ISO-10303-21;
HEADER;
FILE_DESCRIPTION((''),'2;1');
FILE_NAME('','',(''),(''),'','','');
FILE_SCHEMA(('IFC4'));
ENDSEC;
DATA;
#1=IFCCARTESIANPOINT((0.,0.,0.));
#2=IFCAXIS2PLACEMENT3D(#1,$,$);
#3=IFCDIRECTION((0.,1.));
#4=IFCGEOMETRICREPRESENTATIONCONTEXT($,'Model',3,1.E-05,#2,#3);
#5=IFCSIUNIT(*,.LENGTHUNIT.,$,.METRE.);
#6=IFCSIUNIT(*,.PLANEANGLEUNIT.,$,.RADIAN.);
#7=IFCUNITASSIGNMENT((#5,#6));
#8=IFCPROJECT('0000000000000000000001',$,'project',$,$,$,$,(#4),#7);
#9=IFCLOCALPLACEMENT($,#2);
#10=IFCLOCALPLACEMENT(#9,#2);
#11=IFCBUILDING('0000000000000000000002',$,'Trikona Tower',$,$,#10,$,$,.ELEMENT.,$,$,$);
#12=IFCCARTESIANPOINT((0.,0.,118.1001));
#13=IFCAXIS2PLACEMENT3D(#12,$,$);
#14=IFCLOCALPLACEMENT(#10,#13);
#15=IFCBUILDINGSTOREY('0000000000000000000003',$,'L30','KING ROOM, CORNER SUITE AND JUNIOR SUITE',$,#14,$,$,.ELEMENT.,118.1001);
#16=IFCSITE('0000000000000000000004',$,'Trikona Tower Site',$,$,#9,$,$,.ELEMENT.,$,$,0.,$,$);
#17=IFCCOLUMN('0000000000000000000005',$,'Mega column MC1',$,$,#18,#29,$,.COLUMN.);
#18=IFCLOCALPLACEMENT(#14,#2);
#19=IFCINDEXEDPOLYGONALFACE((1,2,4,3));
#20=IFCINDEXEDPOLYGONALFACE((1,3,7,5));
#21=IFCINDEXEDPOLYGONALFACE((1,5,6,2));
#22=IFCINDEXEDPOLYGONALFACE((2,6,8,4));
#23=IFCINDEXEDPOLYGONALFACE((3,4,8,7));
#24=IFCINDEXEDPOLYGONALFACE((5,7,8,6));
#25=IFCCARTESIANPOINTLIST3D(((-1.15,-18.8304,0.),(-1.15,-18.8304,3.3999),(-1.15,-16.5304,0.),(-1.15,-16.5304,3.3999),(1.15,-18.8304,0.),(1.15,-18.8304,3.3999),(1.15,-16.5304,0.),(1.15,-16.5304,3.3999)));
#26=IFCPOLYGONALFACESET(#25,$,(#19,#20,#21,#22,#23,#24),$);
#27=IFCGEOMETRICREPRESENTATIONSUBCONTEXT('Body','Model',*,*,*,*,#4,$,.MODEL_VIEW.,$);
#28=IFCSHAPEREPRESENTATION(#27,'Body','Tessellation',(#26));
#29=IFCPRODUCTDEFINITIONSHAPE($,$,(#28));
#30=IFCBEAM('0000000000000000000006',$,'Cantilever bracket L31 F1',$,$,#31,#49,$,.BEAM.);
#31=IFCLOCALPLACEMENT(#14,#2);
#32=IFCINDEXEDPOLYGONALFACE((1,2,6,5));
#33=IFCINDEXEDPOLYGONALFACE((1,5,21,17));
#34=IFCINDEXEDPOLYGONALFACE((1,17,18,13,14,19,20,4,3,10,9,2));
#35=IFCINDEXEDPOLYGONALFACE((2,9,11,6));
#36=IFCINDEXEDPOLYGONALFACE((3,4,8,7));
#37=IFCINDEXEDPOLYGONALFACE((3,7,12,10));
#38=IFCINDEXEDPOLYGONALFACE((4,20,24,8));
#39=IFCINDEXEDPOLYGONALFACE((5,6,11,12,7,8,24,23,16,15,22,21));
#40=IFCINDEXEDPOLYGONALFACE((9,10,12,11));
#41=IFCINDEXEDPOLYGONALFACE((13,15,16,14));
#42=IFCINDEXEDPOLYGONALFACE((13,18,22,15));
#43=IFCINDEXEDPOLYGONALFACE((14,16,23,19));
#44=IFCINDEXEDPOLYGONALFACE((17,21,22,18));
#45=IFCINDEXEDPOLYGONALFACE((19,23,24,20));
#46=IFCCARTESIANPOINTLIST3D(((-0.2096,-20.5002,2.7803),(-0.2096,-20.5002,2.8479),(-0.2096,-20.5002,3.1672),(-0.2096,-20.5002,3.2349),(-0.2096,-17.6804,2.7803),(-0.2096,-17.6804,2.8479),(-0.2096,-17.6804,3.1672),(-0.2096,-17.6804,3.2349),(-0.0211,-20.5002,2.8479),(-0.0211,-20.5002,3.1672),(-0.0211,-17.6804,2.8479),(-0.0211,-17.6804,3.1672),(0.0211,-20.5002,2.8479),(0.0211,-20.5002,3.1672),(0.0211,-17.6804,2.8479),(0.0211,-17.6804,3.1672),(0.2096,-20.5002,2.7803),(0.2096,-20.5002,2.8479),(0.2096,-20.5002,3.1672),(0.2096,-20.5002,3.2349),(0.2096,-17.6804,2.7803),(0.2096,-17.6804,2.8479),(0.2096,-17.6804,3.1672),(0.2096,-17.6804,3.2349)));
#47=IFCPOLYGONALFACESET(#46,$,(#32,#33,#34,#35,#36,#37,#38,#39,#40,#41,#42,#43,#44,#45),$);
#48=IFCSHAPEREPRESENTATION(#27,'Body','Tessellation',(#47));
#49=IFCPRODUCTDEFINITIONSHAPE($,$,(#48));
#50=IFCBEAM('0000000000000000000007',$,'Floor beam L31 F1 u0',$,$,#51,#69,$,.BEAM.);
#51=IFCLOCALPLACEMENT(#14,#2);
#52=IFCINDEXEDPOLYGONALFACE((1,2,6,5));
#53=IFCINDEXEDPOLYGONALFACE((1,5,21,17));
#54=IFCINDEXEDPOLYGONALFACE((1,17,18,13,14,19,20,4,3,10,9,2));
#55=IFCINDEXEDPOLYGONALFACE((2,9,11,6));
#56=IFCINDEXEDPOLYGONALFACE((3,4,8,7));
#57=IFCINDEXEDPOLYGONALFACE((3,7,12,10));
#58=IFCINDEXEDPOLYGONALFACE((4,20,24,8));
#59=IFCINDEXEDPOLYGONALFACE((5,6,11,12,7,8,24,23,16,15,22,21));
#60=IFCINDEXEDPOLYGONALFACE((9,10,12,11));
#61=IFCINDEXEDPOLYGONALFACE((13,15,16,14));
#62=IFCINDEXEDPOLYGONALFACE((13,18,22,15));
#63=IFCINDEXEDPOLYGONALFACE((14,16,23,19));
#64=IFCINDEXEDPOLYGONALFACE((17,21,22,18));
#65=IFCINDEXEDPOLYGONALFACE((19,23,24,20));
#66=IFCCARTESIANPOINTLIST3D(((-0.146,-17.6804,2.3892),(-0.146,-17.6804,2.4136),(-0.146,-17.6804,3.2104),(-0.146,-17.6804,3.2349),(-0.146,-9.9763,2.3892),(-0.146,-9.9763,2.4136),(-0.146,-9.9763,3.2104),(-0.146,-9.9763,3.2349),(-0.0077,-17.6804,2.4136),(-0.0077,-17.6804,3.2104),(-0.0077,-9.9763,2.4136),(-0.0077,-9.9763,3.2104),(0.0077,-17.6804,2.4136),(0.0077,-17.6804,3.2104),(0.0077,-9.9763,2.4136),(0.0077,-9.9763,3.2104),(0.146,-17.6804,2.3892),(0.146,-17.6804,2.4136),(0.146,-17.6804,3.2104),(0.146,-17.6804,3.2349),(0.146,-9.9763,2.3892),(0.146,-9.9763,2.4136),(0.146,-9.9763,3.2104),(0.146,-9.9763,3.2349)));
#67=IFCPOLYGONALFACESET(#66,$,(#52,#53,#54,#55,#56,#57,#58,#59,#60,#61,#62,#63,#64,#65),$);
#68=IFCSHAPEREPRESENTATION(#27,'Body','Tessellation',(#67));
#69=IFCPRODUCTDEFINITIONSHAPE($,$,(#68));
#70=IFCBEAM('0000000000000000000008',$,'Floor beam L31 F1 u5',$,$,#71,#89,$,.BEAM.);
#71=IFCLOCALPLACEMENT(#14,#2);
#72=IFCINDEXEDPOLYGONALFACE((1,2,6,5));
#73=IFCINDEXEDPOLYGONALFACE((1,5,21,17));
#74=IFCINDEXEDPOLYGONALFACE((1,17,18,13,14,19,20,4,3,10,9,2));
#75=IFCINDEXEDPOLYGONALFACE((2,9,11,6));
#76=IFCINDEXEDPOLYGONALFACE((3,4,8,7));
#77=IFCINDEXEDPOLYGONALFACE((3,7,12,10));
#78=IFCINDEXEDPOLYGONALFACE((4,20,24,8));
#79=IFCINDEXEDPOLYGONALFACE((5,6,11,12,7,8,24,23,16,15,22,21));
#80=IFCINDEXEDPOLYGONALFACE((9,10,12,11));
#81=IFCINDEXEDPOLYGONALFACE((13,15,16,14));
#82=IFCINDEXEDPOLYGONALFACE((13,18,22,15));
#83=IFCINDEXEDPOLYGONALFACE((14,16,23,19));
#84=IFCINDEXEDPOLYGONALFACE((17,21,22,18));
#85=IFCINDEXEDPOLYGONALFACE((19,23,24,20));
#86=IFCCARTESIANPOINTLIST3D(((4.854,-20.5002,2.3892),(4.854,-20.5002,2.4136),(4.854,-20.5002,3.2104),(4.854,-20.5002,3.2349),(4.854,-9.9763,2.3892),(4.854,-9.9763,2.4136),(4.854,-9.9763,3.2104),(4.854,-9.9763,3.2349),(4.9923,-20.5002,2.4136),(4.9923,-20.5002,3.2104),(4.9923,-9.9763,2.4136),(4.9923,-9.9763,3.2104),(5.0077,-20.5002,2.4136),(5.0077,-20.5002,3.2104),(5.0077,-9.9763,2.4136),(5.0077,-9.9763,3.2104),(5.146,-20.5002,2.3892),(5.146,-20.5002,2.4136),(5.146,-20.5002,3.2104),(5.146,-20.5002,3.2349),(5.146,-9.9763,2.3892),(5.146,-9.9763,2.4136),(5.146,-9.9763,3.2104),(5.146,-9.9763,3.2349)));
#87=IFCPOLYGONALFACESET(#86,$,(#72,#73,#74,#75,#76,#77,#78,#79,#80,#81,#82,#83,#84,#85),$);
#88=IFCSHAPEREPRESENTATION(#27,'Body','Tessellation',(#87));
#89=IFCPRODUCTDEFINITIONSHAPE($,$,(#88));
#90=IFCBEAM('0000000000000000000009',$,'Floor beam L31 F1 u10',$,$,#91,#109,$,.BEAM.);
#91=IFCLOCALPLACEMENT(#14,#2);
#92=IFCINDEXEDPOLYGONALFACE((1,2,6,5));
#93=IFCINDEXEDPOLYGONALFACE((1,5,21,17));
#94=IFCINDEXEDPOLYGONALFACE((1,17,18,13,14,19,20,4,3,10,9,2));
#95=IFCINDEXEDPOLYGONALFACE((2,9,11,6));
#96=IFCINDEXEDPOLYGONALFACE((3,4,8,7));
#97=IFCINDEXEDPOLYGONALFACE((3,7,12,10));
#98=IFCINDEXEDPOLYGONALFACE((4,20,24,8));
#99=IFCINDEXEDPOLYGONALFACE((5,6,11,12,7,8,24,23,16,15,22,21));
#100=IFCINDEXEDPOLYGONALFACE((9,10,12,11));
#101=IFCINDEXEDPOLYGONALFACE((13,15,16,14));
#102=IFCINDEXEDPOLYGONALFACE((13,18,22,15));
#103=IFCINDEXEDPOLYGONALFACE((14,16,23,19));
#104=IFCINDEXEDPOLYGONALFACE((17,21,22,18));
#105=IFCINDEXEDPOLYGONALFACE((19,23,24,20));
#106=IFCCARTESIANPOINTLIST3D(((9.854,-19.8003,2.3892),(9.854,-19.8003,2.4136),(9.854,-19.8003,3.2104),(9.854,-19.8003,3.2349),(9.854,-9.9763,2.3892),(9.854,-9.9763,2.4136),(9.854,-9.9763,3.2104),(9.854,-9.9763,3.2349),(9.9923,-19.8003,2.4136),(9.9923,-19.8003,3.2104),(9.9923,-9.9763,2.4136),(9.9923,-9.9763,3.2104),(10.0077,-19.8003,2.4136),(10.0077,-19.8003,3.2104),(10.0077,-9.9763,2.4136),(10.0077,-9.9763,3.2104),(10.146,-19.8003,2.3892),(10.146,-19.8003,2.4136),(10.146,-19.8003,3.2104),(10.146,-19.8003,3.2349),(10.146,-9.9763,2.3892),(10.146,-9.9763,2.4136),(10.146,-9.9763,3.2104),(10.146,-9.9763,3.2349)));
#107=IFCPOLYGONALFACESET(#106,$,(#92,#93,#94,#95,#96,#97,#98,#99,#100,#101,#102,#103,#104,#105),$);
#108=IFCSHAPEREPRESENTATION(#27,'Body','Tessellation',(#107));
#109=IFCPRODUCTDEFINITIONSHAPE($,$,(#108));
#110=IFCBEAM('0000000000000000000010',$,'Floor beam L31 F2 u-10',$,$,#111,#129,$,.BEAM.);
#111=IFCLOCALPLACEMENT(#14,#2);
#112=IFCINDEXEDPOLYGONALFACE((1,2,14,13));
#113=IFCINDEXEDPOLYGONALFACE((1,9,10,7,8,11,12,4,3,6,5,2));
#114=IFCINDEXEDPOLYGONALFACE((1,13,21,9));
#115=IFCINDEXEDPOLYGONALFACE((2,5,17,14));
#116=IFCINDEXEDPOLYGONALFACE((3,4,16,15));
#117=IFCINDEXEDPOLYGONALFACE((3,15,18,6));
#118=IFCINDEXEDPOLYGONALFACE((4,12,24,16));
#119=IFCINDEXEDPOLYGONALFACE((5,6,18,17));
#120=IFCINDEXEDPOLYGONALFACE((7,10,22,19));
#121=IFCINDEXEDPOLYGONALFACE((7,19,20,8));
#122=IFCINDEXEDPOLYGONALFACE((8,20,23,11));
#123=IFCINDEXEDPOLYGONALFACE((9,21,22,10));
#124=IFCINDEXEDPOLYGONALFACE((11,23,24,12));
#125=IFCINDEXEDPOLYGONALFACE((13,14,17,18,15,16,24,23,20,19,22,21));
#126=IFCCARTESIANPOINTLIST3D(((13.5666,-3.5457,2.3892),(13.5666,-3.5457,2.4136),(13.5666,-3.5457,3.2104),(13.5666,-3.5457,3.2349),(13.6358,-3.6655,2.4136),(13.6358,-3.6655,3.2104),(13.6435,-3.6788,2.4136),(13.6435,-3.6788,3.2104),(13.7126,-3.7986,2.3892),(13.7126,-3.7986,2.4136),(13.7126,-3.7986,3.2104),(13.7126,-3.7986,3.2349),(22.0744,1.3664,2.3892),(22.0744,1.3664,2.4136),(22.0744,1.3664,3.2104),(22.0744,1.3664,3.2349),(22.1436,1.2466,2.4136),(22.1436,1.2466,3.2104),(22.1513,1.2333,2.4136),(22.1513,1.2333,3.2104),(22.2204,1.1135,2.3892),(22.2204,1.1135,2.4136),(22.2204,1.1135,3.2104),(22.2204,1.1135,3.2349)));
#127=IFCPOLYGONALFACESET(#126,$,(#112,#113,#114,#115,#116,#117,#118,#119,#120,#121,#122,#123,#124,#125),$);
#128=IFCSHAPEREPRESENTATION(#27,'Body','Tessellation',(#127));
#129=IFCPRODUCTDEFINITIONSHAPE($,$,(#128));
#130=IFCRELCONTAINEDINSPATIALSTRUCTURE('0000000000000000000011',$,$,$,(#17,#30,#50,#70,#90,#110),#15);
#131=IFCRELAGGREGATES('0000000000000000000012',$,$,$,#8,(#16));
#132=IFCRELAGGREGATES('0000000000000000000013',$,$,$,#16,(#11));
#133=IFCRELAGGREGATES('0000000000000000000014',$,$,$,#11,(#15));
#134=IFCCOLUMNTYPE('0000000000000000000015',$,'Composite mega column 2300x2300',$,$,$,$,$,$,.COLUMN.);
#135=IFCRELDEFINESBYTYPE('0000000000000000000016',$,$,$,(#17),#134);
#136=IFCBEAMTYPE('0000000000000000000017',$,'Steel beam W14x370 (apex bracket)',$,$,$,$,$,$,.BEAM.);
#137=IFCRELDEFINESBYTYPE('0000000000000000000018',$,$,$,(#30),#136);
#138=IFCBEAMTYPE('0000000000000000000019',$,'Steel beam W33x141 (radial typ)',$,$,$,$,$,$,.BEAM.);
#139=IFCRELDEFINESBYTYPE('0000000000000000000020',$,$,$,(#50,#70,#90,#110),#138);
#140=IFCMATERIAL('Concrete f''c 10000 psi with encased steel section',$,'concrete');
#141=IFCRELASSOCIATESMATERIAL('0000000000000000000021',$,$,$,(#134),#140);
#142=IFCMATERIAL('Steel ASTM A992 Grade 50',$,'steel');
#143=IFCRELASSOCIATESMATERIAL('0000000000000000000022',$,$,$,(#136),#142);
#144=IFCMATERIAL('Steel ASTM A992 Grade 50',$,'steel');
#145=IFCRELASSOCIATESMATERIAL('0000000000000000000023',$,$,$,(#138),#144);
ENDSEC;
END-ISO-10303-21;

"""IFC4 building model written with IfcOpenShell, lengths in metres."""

from ifc_helpers import new_model, si_unit, direction, frame, origin, origin_2d, place, context, subcontext, project, spatial, rectangle, i_section, extrude, material, material_profile, profile_set, type_object, element, save


model = new_model("IFC4")

# Units and contexts
model_context = context("Model", 3, precision=1e-05, world=origin(), true_north=direction((0.0, 1.0)))
body_context = subcontext(model_context, "Body", "Model", "MODEL_VIEW")
ifc_project = project(units=[si_unit("LENGTHUNIT", "METRE"), si_unit("PLANEANGLEUNIT", "RADIAN")], contexts=[model_context])

# Site, building, storey
site_placement = place(None, origin())
site = spatial("IfcSite", under=ifc_project, at=site_placement, Name="Trikona Tower Site", CompositionType="ELEMENT", RefElevation=0.0)
building_placement = place(site_placement, origin())
building = spatial("IfcBuilding", under=site, at=building_placement, Name="Trikona Tower", CompositionType="ELEMENT")
storey_placement = place(building_placement, frame((0.0, 0.0, 118.1001)))
storey = spatial("IfcBuildingStorey", under=building, at=storey_placement, Name="L30", Description="KING ROOM, CORNER SUITE AND JUNIOR SUITE", CompositionType="ELEMENT", Elevation=118.1001)

# Column
ifc_material_1 = material(Name="Concrete f'c 10000 psi with encased steel section", Category="concrete")
ifc_material_profile_1 = material_profile(ifc_material_1, rectangle(XDim=2.3, YDim=2.3, at=origin_2d()), Name="MC2300")
ifc_profile_set_1 = profile_set([ifc_material_profile_1], Name="Concrete f'c 10000 psi with encased steel section")
column_type = type_object("IfcColumnType", Name="Composite mega column 2300x2300", PredefinedType="COLUMN", material=ifc_profile_set_1)
column_placement = place(storey_placement, frame((0.0, -17.6804, 0.0), z_axis=(0.0, 0.0, 1.0), x_axis=(0.0, -1.0, 0.0)))
element("IfcColumn", 1, at=column_placement, inside=storey, type_object=column_type, Name="Mega column MC1", PredefinedType="COLUMN", context=body_context, shape_type="SweptSolid", body=[
    extrude(rectangle(XDim=2.3, YDim=2.3, at=origin_2d()), origin(), (0.0, 0.0, 1.0), 3.3999),
])

# Beams
ifc_material_2 = material(Name="Steel ASTM A992 Grade 50", Category="steel")
ifc_material_profile_2 = material_profile(ifc_material_2, i_section(OverallWidth=0.4192, OverallDepth=0.4546, WebThickness=0.0422, FlangeThickness=0.0676, at=origin_2d()), Name="W14X370")
ifc_profile_set_2 = profile_set([ifc_material_profile_2], Name="Steel ASTM A992 Grade 50")
beam_type_1 = type_object("IfcBeamType", Name="Steel beam W14x370 (apex bracket)", PredefinedType="BEAM", material=ifc_profile_set_2)
beam_1_placement = place(storey_placement, frame((0.0, -17.6804, 3.0076), z_axis=(0.0, -1.0, 0.0), x_axis=(1.0, 0.0, 0.0)))
element("IfcBeam", 2, at=beam_1_placement, inside=storey, type_object=beam_type_1, Name="Cantilever bracket L31 F1", PredefinedType="BEAM", context=body_context, shape_type="SweptSolid", body=[
    extrude(i_section(OverallWidth=0.4192, OverallDepth=0.4546, WebThickness=0.0422, FlangeThickness=0.0676, at=origin_2d()), origin(), (0.0, 0.0, 1.0), 2.8198),
])
ifc_material_3 = material(Name="Steel ASTM A992 Grade 50", Category="steel")
ifc_material_profile_3 = material_profile(ifc_material_3, i_section(OverallWidth=0.292, OverallDepth=0.8457, WebThickness=0.0154, FlangeThickness=0.0244, at=origin_2d()), Name="W33X141")
ifc_profile_set_3 = profile_set([ifc_material_profile_3], Name="Steel ASTM A992 Grade 50")
beam_type_2 = type_object("IfcBeamType", Name="Steel beam W33x141 (radial typ)", PredefinedType="BEAM", material=ifc_profile_set_3)
beam_2_placement = place(storey_placement, frame((0.0, -9.9763, 2.812), z_axis=(0.0, -1.0, 0.0), x_axis=(1.0, 0.0, 0.0)))
element("IfcBeam", 3, at=beam_2_placement, inside=storey, type_object=beam_type_2, Name="Floor beam L31 F1 u0", PredefinedType="BEAM", context=body_context, shape_type="SweptSolid", body=[
    extrude(i_section(OverallWidth=0.292, OverallDepth=0.8457, WebThickness=0.0154, FlangeThickness=0.0244, at=origin_2d()), origin(), (0.0, 0.0, 1.0), 7.7041),
])
beam_3_placement = place(storey_placement, frame((5.0, -9.9763, 2.812), z_axis=(0.0, -1.0, 0.0), x_axis=(1.0, 0.0, 0.0)))
element("IfcBeam", 4, at=beam_3_placement, inside=storey, type_object=beam_type_2, Name="Floor beam L31 F1 u5", PredefinedType="BEAM", context=body_context, shape_type="SweptSolid", body=[
    extrude(i_section(OverallWidth=0.292, OverallDepth=0.8457, WebThickness=0.0154, FlangeThickness=0.0244, at=origin_2d()), origin(), (0.0, 0.0, 1.0), 10.5239),
])
for number, where, z_axis, x_axis, name in (
    (5, (10.0, -9.9763, 2.812), (0.0, -1.0, 0.0), (1.0, 0.0, 0.0), "Floor beam L31 F1 u10"),
    (6, (13.6396, -3.6721, 2.812), (0.86602, 0.500009, 0.0), (-0.500009, 0.86602, 0.0), "Floor beam L31 F2 u-10"),
):
    element("IfcBeam", number, at=place(storey_placement, frame(where, z_axis=z_axis, x_axis=x_axis)), inside=storey, type_object=beam_type_2, Name=name, PredefinedType="BEAM", context=body_context, shape_type="SweptSolid", body=[
        extrude(i_section(OverallWidth=0.292, OverallDepth=0.8457, WebThickness=0.0154, FlangeThickness=0.0244, at=origin_2d()), origin(), (0.0, 0.0, 1.0), 9.824),
    ])

save(model, "model.ifc")
